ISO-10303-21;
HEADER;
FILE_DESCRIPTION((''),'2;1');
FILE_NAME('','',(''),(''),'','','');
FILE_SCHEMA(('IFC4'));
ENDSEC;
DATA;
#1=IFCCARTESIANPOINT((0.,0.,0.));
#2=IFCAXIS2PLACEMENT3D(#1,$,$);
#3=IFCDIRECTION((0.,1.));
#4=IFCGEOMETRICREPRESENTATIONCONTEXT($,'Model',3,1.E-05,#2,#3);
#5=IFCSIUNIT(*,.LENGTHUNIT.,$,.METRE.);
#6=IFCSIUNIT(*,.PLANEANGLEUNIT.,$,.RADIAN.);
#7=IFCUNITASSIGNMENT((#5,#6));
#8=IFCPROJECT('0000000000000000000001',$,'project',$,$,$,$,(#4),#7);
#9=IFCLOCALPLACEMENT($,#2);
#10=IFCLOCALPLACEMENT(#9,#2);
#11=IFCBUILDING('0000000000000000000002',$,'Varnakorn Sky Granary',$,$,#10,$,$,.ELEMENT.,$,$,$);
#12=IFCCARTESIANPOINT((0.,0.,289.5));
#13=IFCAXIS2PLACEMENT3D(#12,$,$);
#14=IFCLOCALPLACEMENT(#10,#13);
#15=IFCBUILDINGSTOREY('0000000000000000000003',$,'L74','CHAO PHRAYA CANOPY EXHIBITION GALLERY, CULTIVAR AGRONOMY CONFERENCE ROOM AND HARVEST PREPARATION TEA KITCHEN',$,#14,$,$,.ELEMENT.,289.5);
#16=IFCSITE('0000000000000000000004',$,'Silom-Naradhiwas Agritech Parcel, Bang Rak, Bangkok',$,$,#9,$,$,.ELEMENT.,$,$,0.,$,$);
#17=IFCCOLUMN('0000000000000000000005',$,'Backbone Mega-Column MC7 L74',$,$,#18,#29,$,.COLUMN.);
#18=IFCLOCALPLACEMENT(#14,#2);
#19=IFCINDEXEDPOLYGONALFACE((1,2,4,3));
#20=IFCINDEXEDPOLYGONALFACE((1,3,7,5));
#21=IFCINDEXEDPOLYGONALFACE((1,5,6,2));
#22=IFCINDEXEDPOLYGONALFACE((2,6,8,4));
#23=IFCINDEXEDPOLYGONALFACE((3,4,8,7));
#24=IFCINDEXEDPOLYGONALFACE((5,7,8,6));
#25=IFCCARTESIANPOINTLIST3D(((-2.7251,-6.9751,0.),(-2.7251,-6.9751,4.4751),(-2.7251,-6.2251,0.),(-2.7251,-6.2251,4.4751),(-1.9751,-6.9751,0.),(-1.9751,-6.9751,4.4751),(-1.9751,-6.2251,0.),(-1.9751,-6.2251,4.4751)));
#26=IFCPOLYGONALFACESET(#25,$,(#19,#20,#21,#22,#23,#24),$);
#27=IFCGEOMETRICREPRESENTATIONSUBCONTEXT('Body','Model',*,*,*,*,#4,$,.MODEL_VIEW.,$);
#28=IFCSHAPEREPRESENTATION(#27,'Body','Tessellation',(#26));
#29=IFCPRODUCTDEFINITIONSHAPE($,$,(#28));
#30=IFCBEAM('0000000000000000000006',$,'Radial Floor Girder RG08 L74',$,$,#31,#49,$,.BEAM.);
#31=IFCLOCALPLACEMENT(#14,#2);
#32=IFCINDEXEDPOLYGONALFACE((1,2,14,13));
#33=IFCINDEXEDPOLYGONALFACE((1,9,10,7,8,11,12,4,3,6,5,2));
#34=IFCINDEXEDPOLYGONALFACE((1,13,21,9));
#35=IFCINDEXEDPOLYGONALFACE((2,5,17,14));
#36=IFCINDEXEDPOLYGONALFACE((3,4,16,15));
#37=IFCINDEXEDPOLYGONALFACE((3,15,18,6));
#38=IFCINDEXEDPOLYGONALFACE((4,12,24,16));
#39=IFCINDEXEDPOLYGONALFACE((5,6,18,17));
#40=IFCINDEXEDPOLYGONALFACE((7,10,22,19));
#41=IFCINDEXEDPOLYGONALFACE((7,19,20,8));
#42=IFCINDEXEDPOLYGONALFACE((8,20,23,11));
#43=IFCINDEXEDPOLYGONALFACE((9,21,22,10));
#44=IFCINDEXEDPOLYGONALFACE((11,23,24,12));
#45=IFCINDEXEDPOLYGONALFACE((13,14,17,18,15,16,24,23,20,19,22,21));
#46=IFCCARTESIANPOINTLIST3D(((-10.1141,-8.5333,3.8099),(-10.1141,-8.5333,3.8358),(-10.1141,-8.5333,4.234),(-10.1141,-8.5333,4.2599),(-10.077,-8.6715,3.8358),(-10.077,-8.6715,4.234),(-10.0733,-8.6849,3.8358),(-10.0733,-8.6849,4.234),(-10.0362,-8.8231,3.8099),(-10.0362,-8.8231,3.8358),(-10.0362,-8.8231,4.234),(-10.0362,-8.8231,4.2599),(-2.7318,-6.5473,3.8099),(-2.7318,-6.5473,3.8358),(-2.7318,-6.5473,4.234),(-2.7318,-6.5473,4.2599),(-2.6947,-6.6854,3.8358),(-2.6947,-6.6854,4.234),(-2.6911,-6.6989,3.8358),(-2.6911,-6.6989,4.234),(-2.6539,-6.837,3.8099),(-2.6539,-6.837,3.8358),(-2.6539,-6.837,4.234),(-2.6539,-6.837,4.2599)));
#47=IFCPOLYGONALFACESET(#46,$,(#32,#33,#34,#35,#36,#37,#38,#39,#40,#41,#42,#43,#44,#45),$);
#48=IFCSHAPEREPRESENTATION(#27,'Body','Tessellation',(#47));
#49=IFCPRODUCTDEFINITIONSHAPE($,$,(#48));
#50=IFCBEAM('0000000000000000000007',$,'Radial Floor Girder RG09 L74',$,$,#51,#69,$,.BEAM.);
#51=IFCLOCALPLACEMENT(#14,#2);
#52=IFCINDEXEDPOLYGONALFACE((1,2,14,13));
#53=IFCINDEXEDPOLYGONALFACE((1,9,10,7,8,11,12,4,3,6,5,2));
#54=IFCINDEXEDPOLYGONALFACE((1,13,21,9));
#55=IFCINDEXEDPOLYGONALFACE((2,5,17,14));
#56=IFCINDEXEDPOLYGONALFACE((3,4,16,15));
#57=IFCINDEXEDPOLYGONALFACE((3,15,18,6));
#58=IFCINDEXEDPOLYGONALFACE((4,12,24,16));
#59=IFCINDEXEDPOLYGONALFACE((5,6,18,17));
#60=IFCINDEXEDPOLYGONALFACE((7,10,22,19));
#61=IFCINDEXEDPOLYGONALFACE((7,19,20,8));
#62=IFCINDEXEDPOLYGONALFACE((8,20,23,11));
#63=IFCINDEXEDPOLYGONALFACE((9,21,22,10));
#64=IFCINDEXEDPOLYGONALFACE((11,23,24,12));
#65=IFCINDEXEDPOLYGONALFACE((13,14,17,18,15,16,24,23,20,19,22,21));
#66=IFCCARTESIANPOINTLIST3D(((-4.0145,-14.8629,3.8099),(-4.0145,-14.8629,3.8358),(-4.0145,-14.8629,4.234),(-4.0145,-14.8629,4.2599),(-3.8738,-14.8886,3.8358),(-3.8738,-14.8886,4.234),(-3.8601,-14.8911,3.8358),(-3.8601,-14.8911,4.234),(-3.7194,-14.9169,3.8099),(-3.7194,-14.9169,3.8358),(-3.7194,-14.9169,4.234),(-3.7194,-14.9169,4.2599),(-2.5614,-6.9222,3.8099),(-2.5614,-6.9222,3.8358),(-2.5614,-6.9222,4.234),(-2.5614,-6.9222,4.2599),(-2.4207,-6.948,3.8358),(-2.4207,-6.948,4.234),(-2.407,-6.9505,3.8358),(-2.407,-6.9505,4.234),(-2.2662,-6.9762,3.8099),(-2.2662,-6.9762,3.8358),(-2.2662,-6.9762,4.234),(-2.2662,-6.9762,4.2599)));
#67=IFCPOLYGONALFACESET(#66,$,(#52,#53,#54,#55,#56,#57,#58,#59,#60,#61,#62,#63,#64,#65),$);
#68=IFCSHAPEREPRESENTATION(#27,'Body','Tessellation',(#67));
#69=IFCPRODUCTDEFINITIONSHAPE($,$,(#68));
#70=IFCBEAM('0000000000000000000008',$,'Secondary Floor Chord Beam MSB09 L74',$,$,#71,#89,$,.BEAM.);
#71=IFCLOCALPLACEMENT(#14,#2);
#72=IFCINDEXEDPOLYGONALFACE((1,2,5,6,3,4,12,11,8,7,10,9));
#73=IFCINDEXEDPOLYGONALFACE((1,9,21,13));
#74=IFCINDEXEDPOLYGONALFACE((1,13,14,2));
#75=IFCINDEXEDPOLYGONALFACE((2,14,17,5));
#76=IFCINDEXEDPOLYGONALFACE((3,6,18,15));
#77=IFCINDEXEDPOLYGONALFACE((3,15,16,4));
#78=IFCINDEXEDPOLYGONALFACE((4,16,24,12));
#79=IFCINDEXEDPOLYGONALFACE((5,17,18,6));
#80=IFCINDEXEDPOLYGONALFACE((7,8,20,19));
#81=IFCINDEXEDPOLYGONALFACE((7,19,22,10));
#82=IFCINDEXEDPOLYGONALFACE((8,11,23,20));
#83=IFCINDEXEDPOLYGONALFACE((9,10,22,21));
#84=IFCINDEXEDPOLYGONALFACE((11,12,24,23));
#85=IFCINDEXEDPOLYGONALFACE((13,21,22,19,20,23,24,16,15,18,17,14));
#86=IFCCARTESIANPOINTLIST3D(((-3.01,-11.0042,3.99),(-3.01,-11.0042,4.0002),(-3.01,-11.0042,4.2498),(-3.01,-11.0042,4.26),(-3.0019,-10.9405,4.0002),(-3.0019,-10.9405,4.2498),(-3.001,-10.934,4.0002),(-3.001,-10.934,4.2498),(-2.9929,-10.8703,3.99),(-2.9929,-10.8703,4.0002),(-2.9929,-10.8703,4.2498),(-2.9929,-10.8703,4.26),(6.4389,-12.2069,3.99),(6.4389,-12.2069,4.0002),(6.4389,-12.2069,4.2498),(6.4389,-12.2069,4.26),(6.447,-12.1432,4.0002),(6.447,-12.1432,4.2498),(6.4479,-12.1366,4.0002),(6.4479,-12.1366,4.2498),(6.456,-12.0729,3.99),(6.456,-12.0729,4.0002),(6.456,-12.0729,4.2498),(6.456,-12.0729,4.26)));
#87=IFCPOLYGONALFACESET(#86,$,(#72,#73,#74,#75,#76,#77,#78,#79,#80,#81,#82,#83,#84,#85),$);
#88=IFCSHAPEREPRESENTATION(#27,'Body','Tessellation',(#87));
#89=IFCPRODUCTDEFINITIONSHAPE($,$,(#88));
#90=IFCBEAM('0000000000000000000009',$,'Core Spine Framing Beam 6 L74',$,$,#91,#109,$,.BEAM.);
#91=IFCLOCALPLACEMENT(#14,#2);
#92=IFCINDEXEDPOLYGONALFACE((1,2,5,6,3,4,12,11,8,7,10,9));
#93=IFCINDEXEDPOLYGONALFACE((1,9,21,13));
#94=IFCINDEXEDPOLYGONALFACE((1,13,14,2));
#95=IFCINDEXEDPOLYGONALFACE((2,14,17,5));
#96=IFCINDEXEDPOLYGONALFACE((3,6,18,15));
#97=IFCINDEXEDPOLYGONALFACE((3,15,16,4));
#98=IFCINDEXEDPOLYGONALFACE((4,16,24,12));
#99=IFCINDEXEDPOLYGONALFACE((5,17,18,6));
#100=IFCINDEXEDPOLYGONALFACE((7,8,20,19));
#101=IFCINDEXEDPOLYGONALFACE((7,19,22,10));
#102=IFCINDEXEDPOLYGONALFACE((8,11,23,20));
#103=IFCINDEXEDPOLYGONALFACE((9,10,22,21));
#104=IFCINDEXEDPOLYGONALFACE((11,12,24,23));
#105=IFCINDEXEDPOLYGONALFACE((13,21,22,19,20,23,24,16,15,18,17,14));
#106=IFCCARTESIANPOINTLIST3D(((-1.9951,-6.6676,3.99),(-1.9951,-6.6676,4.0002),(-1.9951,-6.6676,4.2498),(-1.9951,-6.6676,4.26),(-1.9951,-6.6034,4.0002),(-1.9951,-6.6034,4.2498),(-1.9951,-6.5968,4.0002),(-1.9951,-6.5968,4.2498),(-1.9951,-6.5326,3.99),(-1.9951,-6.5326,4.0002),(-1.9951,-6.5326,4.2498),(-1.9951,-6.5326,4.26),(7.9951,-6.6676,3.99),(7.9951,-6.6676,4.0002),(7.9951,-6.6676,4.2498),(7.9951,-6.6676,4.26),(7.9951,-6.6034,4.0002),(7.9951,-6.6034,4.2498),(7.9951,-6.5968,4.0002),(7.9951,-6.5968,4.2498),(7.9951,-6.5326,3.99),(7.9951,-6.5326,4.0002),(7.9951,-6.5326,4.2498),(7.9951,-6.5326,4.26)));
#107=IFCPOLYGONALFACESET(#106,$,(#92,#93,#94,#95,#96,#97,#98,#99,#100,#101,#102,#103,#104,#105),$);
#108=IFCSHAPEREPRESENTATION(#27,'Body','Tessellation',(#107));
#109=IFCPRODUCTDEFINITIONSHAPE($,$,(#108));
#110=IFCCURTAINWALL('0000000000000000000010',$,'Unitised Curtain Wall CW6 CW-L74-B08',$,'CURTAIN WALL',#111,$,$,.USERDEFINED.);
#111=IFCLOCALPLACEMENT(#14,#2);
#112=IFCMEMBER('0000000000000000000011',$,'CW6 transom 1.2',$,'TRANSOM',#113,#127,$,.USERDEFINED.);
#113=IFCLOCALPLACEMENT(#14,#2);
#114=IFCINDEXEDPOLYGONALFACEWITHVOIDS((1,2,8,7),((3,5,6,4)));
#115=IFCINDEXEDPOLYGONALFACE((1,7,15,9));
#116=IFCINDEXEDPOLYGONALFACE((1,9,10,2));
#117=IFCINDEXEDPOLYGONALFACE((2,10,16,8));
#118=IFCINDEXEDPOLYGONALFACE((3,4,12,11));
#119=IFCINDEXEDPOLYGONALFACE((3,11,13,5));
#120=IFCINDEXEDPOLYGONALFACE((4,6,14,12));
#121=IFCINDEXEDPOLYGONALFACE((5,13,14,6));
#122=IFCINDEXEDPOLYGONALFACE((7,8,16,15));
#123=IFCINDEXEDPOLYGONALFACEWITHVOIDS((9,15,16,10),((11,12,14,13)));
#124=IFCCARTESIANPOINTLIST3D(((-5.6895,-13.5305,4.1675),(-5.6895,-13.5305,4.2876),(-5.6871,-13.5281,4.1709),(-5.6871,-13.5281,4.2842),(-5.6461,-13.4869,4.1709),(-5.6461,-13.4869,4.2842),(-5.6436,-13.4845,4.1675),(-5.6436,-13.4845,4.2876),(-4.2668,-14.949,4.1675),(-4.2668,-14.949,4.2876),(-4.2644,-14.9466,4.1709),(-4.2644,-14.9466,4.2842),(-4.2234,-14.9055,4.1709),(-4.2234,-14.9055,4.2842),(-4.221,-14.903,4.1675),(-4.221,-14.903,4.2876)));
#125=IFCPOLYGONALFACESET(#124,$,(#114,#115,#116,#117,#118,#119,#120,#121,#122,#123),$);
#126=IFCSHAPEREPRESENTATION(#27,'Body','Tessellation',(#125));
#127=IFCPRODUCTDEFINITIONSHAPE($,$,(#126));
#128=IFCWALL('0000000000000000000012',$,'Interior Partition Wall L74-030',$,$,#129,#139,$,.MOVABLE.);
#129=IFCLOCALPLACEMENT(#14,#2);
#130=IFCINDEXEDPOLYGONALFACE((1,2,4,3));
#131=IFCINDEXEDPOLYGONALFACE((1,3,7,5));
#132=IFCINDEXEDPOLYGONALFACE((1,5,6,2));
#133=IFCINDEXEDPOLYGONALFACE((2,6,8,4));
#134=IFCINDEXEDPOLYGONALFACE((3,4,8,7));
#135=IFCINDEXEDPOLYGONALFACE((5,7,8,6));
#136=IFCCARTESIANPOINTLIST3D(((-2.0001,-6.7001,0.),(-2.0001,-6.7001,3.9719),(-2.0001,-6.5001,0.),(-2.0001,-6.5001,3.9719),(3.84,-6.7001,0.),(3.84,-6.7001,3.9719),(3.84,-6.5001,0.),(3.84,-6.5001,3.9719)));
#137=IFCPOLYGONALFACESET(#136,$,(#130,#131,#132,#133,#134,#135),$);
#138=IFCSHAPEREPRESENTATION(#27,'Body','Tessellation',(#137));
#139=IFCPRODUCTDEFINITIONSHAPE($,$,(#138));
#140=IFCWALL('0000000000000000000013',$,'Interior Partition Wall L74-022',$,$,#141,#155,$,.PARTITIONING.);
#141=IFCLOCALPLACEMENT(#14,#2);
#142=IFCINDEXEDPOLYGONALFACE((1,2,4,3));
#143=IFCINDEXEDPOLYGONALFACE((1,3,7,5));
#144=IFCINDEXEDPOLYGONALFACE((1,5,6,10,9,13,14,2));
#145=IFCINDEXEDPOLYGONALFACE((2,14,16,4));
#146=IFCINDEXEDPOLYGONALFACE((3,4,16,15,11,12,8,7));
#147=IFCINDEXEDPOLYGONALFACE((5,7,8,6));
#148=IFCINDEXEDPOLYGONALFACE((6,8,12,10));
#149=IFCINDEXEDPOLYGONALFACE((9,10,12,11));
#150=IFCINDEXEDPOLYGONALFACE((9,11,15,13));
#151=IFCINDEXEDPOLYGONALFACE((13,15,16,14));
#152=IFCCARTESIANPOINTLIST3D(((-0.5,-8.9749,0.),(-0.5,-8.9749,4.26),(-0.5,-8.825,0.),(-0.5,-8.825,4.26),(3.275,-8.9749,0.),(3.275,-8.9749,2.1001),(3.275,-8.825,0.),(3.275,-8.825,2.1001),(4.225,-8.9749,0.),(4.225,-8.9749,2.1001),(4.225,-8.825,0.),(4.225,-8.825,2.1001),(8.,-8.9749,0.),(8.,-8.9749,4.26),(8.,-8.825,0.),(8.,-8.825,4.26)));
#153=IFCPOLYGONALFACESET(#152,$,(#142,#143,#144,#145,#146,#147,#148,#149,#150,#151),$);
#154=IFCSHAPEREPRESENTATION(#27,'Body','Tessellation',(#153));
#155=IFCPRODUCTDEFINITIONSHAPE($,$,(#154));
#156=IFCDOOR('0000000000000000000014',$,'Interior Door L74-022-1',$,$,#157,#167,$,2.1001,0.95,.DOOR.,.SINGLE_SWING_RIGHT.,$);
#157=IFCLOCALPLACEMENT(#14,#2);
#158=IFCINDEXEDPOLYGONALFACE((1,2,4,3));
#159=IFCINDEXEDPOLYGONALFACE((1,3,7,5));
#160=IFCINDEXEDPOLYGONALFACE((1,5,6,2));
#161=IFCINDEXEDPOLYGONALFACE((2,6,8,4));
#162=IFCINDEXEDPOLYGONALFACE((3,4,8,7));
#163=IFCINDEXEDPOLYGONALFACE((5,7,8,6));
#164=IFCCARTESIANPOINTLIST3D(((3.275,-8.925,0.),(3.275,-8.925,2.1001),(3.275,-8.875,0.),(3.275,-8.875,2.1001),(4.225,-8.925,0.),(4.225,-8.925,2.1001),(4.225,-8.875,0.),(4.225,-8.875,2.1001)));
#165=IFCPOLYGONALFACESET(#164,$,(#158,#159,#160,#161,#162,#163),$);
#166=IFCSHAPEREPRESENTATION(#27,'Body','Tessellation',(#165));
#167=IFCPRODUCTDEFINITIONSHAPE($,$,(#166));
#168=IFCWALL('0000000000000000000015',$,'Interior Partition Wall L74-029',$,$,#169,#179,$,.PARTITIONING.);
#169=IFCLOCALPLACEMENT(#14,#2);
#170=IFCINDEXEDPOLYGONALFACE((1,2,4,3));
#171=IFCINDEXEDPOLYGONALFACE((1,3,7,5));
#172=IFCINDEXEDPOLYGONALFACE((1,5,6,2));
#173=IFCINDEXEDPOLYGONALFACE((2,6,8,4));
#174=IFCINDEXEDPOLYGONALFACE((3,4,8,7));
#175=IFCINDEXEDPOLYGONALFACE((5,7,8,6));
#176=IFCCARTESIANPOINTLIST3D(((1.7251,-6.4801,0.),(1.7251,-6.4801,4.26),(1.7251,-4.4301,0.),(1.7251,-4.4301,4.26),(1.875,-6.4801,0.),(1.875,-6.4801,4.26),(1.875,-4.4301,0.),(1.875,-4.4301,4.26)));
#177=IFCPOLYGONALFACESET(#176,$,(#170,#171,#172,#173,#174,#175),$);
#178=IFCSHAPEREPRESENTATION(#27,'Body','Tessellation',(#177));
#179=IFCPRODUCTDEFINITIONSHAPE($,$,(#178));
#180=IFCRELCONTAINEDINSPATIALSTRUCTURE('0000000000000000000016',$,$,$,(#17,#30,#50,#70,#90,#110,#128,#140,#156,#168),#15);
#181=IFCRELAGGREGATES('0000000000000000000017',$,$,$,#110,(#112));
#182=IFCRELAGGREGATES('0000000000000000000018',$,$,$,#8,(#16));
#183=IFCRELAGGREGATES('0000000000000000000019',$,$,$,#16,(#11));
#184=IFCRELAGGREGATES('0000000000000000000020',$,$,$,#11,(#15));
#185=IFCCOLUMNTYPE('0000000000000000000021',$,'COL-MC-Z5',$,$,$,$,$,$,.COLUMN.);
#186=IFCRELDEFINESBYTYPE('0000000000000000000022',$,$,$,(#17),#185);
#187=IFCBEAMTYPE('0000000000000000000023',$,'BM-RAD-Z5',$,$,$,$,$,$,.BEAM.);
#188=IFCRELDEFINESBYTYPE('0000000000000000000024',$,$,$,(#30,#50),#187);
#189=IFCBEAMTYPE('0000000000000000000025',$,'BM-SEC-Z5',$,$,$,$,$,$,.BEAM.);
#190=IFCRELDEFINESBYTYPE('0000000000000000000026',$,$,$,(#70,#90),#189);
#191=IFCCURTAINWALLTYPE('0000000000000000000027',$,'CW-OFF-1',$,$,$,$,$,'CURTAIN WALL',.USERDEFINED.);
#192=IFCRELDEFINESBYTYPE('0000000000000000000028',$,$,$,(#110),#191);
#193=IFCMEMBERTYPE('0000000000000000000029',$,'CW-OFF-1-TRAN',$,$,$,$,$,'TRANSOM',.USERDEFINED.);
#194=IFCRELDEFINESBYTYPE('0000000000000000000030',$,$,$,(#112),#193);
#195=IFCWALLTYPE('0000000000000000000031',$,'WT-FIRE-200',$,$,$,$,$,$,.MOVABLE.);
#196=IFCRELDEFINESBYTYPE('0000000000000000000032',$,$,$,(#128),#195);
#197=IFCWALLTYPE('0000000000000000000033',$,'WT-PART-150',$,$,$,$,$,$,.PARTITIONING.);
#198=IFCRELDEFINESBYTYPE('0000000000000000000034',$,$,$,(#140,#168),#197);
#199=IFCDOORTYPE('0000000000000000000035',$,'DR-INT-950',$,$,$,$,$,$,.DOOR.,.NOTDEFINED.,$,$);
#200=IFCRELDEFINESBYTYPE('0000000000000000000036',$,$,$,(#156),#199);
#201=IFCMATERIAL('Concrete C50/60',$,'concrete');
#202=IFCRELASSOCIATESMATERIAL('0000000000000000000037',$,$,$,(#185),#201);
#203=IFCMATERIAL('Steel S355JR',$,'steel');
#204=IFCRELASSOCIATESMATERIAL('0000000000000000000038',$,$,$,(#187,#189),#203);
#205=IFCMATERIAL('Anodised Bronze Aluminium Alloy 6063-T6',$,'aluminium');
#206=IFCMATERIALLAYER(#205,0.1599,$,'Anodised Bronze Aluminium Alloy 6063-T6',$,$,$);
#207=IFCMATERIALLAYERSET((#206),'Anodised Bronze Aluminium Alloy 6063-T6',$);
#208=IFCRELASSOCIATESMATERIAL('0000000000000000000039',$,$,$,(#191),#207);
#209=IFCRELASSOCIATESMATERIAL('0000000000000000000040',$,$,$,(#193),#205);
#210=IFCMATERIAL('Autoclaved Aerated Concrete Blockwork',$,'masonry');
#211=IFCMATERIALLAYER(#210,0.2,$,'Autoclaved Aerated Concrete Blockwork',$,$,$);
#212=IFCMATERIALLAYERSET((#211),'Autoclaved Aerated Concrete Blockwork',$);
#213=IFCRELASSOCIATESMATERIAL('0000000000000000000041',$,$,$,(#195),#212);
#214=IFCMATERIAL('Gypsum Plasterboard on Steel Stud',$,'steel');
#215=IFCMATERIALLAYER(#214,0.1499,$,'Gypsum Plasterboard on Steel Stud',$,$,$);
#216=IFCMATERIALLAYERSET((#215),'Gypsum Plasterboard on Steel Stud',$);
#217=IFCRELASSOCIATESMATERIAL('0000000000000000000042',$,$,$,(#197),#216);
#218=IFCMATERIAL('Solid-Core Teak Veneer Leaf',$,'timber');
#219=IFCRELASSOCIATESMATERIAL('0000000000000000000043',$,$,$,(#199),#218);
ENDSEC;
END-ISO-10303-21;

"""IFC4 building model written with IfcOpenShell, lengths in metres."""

from ifc_helpers import new_model, si_unit, direction, frame, frame_2d, origin, origin_2d, place, context, subcontext, project, spatial, rectangle, hollow_rectangle, i_section, extrude, material, layer, layer_set, material_profile, profile_set, type_object, element, fill, aggregate, save


model = new_model("IFC4")

# Units and contexts
model_context = context("Model", 3, precision=1e-05, world=origin(), true_north=direction((0.0, 1.0)))
body_context = subcontext(model_context, "Body", "Model", "MODEL_VIEW")
ifc_project = project(units=[si_unit("LENGTHUNIT", "METRE"), si_unit("PLANEANGLEUNIT", "RADIAN")], contexts=[model_context])

# Site, building, storey
site_placement = place(None, origin())
site = spatial("IfcSite", under=ifc_project, at=site_placement, Name="Silom-Naradhiwas Agritech Parcel, Bang Rak, Bangkok", CompositionType="ELEMENT", RefElevation=0.0)
building_placement = place(site_placement, origin())
building = spatial("IfcBuilding", under=site, at=building_placement, Name="Varnakorn Sky Granary", CompositionType="ELEMENT")
storey_placement = place(building_placement, frame((0.0, 0.0, 289.5)))
storey = spatial("IfcBuildingStorey", under=building, at=storey_placement, Name="L74", Description="CHAO PHRAYA CANOPY EXHIBITION GALLERY, CULTIVAR AGRONOMY CONFERENCE ROOM AND HARVEST PREPARATION TEA KITCHEN", CompositionType="ELEMENT", Elevation=289.5)

# Column
ifc_material_1 = material(Name="Concrete C50/60", Category="concrete")
ifc_material_profile_1 = material_profile(ifc_material_1, rectangle(XDim=0.75, YDim=0.75, at=origin_2d()), Name="RC 750x750")
ifc_profile_set_1 = profile_set([ifc_material_profile_1], Name="Concrete C50/60")
column_type = type_object("IfcColumnType", Name="COL-MC-Z5", PredefinedType="COLUMN", material=ifc_profile_set_1)
column_placement = place(storey_placement, frame((-2.3501, -6.6001, 0.0), z_axis=(0.0, 0.0, 1.0), x_axis=(1.0, 0.0, 0.0)))
element("IfcColumn", 1, at=column_placement, inside=storey, type_object=column_type, Name="Backbone Mega-Column MC7 L74", PredefinedType="COLUMN", context=body_context, shape_type="SweptSolid", body=[
    extrude(rectangle(XDim=0.75, YDim=0.75, at=origin_2d()), origin(), (0.0, 0.0, 1.0), 4.4751),
])

# Beams
ifc_material_2 = material(Name="Steel S355JR", Category="steel")
ifc_material_profile_2 = material_profile(ifc_material_2, i_section(OverallWidth=0.3, OverallDepth=0.45, WebThickness=0.0139, FlangeThickness=0.0259, at=origin_2d()), Name="HE 450 B")
ifc_profile_set_2 = profile_set([ifc_material_profile_2], Name="Steel S355JR")
beam_type_1 = type_object("IfcBeamType", Name="BM-RAD-Z5", PredefinedType="BEAM", material=ifc_profile_set_2)
beam_1_placement = place(storey_placement, frame((-2.6929, -6.6921, 4.0349), z_axis=(-0.965664, -0.259795, 0.0), x_axis=(0.259795, -0.965664, 0.0)))
element("IfcBeam", 2, at=beam_1_placement, inside=storey, type_object=beam_type_1, Name="Radial Floor Girder RG08 L74", PredefinedType="BEAM", context=body_context, shape_type="SweptSolid", body=[
    extrude(i_section(OverallWidth=0.3, OverallDepth=0.45, WebThickness=0.0139, FlangeThickness=0.0259, at=origin_2d()), origin(), (0.0, 0.0, 1.0), 7.6448),
])
beam_2_placement = place(storey_placement, frame((-2.4138, -6.9492, 4.0349), z_axis=(-0.180008, -0.983665, 0.0), x_axis=(0.983665, -0.180008, 0.0)))
element("IfcBeam", 3, at=beam_2_placement, inside=storey, type_object=beam_type_1, Name="Radial Floor Girder RG09 L74", PredefinedType="BEAM", context=body_context, shape_type="SweptSolid", body=[
    extrude(i_section(OverallWidth=0.3, OverallDepth=0.45, WebThickness=0.0139, FlangeThickness=0.0259, at=origin_2d()), origin(), (0.0, 0.0, 1.0), 8.0725),
])
ifc_material_profile_3 = material_profile(ifc_material_2, i_section(OverallWidth=0.135, OverallDepth=0.27, WebThickness=0.0066, FlangeThickness=0.0103, at=origin_2d()), Name="IPE 270")
ifc_profile_set_3 = profile_set([ifc_material_profile_3], Name="Steel S355JR")
beam_type_2 = type_object("IfcBeamType", Name="BM-SEC-Z5", PredefinedType="BEAM", material=ifc_profile_set_3)
beam_3_placement = place(storey_placement, frame((-3.0015, -10.9373, 4.125), z_axis=(0.991997, -0.126258, 0.0), x_axis=(0.126258, 0.991997, 0.0)))
element("IfcBeam", 4, at=beam_3_placement, inside=storey, type_object=beam_type_2, Name="Secondary Floor Chord Beam MSB09 L74", PredefinedType="BEAM", context=body_context, shape_type="SweptSolid", body=[
    extrude(i_section(OverallWidth=0.135, OverallDepth=0.27, WebThickness=0.0066, FlangeThickness=0.0103, at=origin_2d()), origin(), (0.0, 0.0, 1.0), 9.5251),
])
beam_4_placement = place(storey_placement, frame((-1.9951, -6.6001, 4.125), z_axis=(1.0, 0.0, 0.0), x_axis=(0.0, 1.0, 0.0)))
element("IfcBeam", 5, at=beam_4_placement, inside=storey, type_object=beam_type_2, Name="Core Spine Framing Beam 6 L74", PredefinedType="BEAM", context=body_context, shape_type="SweptSolid", body=[
    extrude(i_section(OverallWidth=0.135, OverallDepth=0.27, WebThickness=0.0066, FlangeThickness=0.0103, at=origin_2d()), origin(), (0.0, 0.0, 1.0), 9.9902),
])

# Curtain wall, member
ifc_material_3 = material(Name="Anodised Bronze Aluminium Alloy 6063-T6", Category="aluminium")
ifc_layer_1 = layer(ifc_material_3, 0.1599, Name="Anodised Bronze Aluminium Alloy 6063-T6")
ifc_layer_set_1 = layer_set([ifc_layer_1], Name="Anodised Bronze Aluminium Alloy 6063-T6")
curtain_wall_type = type_object("IfcCurtainWallType", Name="CW-OFF-1", ElementType="CURTAIN WALL", PredefinedType="USERDEFINED", material=ifc_layer_set_1)
curtain_wall_placement = place(storey_placement, origin())
curtain_wall = element("IfcCurtainWall", 6, at=curtain_wall_placement, inside=storey, type_object=curtain_wall_type, Name="Unitised Curtain Wall CW6 CW-L74-B08", ObjectType="CURTAIN WALL", PredefinedType="USERDEFINED")
ifc_material_profile_4 = material_profile(ifc_material_3, hollow_rectangle(XDim=0.0649, YDim=0.1201, WallThickness=0.0034, at=origin_2d()), Name="ALU TRAN 65x120")
ifc_profile_set_4 = profile_set([ifc_material_profile_4], Name="Anodised Bronze Aluminium Alloy 6063-T6")
member_type = type_object("IfcMemberType", Name="CW-OFF-1-TRAN", ElementType="TRANSOM", PredefinedType="USERDEFINED", material=ifc_profile_set_4)
member_placement = place(storey_placement, frame((-4.2439, -14.926, 4.2275), z_axis=(-0.708139, 0.706073, 0.0), x_axis=(-0.706073, -0.708139, 0.0)))
member = element("IfcMember", 7, at=member_placement, type_object=member_type, Name="CW6 transom 1.2", ObjectType="TRANSOM", PredefinedType="USERDEFINED", context=body_context, shape_type="SweptSolid", body=[
    extrude(hollow_rectangle(XDim=0.0649, YDim=0.1201, WallThickness=0.0034, at=origin_2d()), origin(), (0.0, 0.0, 1.0), 2.009),
])
aggregate(curtain_wall, [member])

# Wall
ifc_material_4 = material(Name="Autoclaved Aerated Concrete Blockwork", Category="masonry")
ifc_layer_2 = layer(ifc_material_4, 0.2, Name="Autoclaved Aerated Concrete Blockwork")
ifc_layer_set_2 = layer_set([ifc_layer_2], Name="Autoclaved Aerated Concrete Blockwork")
wall_type_1 = type_object("IfcWallType", Name="WT-FIRE-200", PredefinedType="MOVABLE", material=ifc_layer_set_2)
wall_1_placement = place(storey_placement, frame((-2.0, -6.6001, 0.0), z_axis=(0.0, 0.0, 1.0), x_axis=(1.0, 0.0, 0.0)))
element("IfcWall", 8, at=wall_1_placement, inside=storey, type_object=wall_type_1, Name="Interior Partition Wall L74-030", PredefinedType="MOVABLE", context=body_context, shape_type="SweptSolid", body=[
    extrude(rectangle(XDim=5.8401, YDim=0.2, at=frame_2d((2.9199, 0.0))), origin(), (0.0, 0.0, 1.0), 3.9719),
])

# Wall, opening, door
ifc_material_5 = material(Name="Gypsum Plasterboard on Steel Stud", Category="steel")
ifc_layer_3 = layer(ifc_material_5, 0.1499, Name="Gypsum Plasterboard on Steel Stud")
ifc_layer_set_3 = layer_set([ifc_layer_3], Name="Gypsum Plasterboard on Steel Stud")
wall_type_2 = type_object("IfcWallType", Name="WT-PART-150", PredefinedType="PARTITIONING", material=ifc_layer_set_3)
wall_2_placement = place(storey_placement, frame((-0.5, -8.8999, 0.0), z_axis=(0.0, 0.0, 1.0), x_axis=(1.0, 0.0, 0.0)))
wall_2 = element("IfcWall", 9, at=wall_2_placement, inside=storey, type_object=wall_type_2, Name="Interior Partition Wall L74-022", PredefinedType="PARTITIONING", context=body_context, shape_type="SweptSolid", body=[
    extrude(rectangle(XDim=8.5, YDim=0.1499, at=frame_2d((4.25, 0.0))), origin(), (0.0, 0.0, 1.0), 4.26),
])
opening_placement = place(wall_2_placement, frame((3.7749, 0.0, 0.0)))
opening = element("IfcOpeningElement", 10, at=opening_placement, cuts=wall_2, PredefinedType="OPENING", context=body_context, shape_type="SweptSolid", body=[
    extrude(rectangle(XDim=0.95, YDim=2.1001, at=frame_2d((0.4751, 1.05))), frame((0.0, 0.085, 0.0), z_axis=(0.0, -1.0, 0.0), x_axis=(1.0, 0.0, 0.0)), (0.0, 0.0, 1.0), 0.1699),
])
ifc_material_6 = material(Name="Solid-Core Teak Veneer Leaf", Category="timber")
door_type = type_object("IfcDoorType", Name="DR-INT-950", OperationType="NOTDEFINED", PredefinedType="DOOR", material=ifc_material_6)
door_placement = place(opening_placement, origin())
door = element("IfcDoor", 11, at=door_placement, inside=storey, type_object=door_type, Name="Interior Door L74-022-1", OperationType="SINGLE_SWING_RIGHT", OverallHeight=2.1001, OverallWidth=0.95, PredefinedType="DOOR", context=body_context, shape_type="SweptSolid", body=[
    extrude(rectangle(XDim=0.95, YDim=2.1001, at=frame_2d((0.4751, 1.05))), frame((0.0, 0.0249, 0.0), z_axis=(0.0, -1.0, 0.0), x_axis=(1.0, 0.0, 0.0)), (0.0, 0.0, 1.0), 0.05),
])
fill(opening, door)

# Wall
wall_3_placement = place(storey_placement, frame((1.8, -6.48, 0.0), z_axis=(0.0, 0.0, 1.0), x_axis=(0.0, 1.0, 0.0)))
element("IfcWall", 12, at=wall_3_placement, inside=storey, type_object=wall_type_2, Name="Interior Partition Wall L74-029", PredefinedType="PARTITIONING", context=body_context, shape_type="SweptSolid", body=[
    extrude(rectangle(XDim=2.05, YDim=0.1499, at=frame_2d((1.0249, 0.0))), origin(), (0.0, 0.0, 1.0), 4.26),
])

save(model, "model.ifc")
